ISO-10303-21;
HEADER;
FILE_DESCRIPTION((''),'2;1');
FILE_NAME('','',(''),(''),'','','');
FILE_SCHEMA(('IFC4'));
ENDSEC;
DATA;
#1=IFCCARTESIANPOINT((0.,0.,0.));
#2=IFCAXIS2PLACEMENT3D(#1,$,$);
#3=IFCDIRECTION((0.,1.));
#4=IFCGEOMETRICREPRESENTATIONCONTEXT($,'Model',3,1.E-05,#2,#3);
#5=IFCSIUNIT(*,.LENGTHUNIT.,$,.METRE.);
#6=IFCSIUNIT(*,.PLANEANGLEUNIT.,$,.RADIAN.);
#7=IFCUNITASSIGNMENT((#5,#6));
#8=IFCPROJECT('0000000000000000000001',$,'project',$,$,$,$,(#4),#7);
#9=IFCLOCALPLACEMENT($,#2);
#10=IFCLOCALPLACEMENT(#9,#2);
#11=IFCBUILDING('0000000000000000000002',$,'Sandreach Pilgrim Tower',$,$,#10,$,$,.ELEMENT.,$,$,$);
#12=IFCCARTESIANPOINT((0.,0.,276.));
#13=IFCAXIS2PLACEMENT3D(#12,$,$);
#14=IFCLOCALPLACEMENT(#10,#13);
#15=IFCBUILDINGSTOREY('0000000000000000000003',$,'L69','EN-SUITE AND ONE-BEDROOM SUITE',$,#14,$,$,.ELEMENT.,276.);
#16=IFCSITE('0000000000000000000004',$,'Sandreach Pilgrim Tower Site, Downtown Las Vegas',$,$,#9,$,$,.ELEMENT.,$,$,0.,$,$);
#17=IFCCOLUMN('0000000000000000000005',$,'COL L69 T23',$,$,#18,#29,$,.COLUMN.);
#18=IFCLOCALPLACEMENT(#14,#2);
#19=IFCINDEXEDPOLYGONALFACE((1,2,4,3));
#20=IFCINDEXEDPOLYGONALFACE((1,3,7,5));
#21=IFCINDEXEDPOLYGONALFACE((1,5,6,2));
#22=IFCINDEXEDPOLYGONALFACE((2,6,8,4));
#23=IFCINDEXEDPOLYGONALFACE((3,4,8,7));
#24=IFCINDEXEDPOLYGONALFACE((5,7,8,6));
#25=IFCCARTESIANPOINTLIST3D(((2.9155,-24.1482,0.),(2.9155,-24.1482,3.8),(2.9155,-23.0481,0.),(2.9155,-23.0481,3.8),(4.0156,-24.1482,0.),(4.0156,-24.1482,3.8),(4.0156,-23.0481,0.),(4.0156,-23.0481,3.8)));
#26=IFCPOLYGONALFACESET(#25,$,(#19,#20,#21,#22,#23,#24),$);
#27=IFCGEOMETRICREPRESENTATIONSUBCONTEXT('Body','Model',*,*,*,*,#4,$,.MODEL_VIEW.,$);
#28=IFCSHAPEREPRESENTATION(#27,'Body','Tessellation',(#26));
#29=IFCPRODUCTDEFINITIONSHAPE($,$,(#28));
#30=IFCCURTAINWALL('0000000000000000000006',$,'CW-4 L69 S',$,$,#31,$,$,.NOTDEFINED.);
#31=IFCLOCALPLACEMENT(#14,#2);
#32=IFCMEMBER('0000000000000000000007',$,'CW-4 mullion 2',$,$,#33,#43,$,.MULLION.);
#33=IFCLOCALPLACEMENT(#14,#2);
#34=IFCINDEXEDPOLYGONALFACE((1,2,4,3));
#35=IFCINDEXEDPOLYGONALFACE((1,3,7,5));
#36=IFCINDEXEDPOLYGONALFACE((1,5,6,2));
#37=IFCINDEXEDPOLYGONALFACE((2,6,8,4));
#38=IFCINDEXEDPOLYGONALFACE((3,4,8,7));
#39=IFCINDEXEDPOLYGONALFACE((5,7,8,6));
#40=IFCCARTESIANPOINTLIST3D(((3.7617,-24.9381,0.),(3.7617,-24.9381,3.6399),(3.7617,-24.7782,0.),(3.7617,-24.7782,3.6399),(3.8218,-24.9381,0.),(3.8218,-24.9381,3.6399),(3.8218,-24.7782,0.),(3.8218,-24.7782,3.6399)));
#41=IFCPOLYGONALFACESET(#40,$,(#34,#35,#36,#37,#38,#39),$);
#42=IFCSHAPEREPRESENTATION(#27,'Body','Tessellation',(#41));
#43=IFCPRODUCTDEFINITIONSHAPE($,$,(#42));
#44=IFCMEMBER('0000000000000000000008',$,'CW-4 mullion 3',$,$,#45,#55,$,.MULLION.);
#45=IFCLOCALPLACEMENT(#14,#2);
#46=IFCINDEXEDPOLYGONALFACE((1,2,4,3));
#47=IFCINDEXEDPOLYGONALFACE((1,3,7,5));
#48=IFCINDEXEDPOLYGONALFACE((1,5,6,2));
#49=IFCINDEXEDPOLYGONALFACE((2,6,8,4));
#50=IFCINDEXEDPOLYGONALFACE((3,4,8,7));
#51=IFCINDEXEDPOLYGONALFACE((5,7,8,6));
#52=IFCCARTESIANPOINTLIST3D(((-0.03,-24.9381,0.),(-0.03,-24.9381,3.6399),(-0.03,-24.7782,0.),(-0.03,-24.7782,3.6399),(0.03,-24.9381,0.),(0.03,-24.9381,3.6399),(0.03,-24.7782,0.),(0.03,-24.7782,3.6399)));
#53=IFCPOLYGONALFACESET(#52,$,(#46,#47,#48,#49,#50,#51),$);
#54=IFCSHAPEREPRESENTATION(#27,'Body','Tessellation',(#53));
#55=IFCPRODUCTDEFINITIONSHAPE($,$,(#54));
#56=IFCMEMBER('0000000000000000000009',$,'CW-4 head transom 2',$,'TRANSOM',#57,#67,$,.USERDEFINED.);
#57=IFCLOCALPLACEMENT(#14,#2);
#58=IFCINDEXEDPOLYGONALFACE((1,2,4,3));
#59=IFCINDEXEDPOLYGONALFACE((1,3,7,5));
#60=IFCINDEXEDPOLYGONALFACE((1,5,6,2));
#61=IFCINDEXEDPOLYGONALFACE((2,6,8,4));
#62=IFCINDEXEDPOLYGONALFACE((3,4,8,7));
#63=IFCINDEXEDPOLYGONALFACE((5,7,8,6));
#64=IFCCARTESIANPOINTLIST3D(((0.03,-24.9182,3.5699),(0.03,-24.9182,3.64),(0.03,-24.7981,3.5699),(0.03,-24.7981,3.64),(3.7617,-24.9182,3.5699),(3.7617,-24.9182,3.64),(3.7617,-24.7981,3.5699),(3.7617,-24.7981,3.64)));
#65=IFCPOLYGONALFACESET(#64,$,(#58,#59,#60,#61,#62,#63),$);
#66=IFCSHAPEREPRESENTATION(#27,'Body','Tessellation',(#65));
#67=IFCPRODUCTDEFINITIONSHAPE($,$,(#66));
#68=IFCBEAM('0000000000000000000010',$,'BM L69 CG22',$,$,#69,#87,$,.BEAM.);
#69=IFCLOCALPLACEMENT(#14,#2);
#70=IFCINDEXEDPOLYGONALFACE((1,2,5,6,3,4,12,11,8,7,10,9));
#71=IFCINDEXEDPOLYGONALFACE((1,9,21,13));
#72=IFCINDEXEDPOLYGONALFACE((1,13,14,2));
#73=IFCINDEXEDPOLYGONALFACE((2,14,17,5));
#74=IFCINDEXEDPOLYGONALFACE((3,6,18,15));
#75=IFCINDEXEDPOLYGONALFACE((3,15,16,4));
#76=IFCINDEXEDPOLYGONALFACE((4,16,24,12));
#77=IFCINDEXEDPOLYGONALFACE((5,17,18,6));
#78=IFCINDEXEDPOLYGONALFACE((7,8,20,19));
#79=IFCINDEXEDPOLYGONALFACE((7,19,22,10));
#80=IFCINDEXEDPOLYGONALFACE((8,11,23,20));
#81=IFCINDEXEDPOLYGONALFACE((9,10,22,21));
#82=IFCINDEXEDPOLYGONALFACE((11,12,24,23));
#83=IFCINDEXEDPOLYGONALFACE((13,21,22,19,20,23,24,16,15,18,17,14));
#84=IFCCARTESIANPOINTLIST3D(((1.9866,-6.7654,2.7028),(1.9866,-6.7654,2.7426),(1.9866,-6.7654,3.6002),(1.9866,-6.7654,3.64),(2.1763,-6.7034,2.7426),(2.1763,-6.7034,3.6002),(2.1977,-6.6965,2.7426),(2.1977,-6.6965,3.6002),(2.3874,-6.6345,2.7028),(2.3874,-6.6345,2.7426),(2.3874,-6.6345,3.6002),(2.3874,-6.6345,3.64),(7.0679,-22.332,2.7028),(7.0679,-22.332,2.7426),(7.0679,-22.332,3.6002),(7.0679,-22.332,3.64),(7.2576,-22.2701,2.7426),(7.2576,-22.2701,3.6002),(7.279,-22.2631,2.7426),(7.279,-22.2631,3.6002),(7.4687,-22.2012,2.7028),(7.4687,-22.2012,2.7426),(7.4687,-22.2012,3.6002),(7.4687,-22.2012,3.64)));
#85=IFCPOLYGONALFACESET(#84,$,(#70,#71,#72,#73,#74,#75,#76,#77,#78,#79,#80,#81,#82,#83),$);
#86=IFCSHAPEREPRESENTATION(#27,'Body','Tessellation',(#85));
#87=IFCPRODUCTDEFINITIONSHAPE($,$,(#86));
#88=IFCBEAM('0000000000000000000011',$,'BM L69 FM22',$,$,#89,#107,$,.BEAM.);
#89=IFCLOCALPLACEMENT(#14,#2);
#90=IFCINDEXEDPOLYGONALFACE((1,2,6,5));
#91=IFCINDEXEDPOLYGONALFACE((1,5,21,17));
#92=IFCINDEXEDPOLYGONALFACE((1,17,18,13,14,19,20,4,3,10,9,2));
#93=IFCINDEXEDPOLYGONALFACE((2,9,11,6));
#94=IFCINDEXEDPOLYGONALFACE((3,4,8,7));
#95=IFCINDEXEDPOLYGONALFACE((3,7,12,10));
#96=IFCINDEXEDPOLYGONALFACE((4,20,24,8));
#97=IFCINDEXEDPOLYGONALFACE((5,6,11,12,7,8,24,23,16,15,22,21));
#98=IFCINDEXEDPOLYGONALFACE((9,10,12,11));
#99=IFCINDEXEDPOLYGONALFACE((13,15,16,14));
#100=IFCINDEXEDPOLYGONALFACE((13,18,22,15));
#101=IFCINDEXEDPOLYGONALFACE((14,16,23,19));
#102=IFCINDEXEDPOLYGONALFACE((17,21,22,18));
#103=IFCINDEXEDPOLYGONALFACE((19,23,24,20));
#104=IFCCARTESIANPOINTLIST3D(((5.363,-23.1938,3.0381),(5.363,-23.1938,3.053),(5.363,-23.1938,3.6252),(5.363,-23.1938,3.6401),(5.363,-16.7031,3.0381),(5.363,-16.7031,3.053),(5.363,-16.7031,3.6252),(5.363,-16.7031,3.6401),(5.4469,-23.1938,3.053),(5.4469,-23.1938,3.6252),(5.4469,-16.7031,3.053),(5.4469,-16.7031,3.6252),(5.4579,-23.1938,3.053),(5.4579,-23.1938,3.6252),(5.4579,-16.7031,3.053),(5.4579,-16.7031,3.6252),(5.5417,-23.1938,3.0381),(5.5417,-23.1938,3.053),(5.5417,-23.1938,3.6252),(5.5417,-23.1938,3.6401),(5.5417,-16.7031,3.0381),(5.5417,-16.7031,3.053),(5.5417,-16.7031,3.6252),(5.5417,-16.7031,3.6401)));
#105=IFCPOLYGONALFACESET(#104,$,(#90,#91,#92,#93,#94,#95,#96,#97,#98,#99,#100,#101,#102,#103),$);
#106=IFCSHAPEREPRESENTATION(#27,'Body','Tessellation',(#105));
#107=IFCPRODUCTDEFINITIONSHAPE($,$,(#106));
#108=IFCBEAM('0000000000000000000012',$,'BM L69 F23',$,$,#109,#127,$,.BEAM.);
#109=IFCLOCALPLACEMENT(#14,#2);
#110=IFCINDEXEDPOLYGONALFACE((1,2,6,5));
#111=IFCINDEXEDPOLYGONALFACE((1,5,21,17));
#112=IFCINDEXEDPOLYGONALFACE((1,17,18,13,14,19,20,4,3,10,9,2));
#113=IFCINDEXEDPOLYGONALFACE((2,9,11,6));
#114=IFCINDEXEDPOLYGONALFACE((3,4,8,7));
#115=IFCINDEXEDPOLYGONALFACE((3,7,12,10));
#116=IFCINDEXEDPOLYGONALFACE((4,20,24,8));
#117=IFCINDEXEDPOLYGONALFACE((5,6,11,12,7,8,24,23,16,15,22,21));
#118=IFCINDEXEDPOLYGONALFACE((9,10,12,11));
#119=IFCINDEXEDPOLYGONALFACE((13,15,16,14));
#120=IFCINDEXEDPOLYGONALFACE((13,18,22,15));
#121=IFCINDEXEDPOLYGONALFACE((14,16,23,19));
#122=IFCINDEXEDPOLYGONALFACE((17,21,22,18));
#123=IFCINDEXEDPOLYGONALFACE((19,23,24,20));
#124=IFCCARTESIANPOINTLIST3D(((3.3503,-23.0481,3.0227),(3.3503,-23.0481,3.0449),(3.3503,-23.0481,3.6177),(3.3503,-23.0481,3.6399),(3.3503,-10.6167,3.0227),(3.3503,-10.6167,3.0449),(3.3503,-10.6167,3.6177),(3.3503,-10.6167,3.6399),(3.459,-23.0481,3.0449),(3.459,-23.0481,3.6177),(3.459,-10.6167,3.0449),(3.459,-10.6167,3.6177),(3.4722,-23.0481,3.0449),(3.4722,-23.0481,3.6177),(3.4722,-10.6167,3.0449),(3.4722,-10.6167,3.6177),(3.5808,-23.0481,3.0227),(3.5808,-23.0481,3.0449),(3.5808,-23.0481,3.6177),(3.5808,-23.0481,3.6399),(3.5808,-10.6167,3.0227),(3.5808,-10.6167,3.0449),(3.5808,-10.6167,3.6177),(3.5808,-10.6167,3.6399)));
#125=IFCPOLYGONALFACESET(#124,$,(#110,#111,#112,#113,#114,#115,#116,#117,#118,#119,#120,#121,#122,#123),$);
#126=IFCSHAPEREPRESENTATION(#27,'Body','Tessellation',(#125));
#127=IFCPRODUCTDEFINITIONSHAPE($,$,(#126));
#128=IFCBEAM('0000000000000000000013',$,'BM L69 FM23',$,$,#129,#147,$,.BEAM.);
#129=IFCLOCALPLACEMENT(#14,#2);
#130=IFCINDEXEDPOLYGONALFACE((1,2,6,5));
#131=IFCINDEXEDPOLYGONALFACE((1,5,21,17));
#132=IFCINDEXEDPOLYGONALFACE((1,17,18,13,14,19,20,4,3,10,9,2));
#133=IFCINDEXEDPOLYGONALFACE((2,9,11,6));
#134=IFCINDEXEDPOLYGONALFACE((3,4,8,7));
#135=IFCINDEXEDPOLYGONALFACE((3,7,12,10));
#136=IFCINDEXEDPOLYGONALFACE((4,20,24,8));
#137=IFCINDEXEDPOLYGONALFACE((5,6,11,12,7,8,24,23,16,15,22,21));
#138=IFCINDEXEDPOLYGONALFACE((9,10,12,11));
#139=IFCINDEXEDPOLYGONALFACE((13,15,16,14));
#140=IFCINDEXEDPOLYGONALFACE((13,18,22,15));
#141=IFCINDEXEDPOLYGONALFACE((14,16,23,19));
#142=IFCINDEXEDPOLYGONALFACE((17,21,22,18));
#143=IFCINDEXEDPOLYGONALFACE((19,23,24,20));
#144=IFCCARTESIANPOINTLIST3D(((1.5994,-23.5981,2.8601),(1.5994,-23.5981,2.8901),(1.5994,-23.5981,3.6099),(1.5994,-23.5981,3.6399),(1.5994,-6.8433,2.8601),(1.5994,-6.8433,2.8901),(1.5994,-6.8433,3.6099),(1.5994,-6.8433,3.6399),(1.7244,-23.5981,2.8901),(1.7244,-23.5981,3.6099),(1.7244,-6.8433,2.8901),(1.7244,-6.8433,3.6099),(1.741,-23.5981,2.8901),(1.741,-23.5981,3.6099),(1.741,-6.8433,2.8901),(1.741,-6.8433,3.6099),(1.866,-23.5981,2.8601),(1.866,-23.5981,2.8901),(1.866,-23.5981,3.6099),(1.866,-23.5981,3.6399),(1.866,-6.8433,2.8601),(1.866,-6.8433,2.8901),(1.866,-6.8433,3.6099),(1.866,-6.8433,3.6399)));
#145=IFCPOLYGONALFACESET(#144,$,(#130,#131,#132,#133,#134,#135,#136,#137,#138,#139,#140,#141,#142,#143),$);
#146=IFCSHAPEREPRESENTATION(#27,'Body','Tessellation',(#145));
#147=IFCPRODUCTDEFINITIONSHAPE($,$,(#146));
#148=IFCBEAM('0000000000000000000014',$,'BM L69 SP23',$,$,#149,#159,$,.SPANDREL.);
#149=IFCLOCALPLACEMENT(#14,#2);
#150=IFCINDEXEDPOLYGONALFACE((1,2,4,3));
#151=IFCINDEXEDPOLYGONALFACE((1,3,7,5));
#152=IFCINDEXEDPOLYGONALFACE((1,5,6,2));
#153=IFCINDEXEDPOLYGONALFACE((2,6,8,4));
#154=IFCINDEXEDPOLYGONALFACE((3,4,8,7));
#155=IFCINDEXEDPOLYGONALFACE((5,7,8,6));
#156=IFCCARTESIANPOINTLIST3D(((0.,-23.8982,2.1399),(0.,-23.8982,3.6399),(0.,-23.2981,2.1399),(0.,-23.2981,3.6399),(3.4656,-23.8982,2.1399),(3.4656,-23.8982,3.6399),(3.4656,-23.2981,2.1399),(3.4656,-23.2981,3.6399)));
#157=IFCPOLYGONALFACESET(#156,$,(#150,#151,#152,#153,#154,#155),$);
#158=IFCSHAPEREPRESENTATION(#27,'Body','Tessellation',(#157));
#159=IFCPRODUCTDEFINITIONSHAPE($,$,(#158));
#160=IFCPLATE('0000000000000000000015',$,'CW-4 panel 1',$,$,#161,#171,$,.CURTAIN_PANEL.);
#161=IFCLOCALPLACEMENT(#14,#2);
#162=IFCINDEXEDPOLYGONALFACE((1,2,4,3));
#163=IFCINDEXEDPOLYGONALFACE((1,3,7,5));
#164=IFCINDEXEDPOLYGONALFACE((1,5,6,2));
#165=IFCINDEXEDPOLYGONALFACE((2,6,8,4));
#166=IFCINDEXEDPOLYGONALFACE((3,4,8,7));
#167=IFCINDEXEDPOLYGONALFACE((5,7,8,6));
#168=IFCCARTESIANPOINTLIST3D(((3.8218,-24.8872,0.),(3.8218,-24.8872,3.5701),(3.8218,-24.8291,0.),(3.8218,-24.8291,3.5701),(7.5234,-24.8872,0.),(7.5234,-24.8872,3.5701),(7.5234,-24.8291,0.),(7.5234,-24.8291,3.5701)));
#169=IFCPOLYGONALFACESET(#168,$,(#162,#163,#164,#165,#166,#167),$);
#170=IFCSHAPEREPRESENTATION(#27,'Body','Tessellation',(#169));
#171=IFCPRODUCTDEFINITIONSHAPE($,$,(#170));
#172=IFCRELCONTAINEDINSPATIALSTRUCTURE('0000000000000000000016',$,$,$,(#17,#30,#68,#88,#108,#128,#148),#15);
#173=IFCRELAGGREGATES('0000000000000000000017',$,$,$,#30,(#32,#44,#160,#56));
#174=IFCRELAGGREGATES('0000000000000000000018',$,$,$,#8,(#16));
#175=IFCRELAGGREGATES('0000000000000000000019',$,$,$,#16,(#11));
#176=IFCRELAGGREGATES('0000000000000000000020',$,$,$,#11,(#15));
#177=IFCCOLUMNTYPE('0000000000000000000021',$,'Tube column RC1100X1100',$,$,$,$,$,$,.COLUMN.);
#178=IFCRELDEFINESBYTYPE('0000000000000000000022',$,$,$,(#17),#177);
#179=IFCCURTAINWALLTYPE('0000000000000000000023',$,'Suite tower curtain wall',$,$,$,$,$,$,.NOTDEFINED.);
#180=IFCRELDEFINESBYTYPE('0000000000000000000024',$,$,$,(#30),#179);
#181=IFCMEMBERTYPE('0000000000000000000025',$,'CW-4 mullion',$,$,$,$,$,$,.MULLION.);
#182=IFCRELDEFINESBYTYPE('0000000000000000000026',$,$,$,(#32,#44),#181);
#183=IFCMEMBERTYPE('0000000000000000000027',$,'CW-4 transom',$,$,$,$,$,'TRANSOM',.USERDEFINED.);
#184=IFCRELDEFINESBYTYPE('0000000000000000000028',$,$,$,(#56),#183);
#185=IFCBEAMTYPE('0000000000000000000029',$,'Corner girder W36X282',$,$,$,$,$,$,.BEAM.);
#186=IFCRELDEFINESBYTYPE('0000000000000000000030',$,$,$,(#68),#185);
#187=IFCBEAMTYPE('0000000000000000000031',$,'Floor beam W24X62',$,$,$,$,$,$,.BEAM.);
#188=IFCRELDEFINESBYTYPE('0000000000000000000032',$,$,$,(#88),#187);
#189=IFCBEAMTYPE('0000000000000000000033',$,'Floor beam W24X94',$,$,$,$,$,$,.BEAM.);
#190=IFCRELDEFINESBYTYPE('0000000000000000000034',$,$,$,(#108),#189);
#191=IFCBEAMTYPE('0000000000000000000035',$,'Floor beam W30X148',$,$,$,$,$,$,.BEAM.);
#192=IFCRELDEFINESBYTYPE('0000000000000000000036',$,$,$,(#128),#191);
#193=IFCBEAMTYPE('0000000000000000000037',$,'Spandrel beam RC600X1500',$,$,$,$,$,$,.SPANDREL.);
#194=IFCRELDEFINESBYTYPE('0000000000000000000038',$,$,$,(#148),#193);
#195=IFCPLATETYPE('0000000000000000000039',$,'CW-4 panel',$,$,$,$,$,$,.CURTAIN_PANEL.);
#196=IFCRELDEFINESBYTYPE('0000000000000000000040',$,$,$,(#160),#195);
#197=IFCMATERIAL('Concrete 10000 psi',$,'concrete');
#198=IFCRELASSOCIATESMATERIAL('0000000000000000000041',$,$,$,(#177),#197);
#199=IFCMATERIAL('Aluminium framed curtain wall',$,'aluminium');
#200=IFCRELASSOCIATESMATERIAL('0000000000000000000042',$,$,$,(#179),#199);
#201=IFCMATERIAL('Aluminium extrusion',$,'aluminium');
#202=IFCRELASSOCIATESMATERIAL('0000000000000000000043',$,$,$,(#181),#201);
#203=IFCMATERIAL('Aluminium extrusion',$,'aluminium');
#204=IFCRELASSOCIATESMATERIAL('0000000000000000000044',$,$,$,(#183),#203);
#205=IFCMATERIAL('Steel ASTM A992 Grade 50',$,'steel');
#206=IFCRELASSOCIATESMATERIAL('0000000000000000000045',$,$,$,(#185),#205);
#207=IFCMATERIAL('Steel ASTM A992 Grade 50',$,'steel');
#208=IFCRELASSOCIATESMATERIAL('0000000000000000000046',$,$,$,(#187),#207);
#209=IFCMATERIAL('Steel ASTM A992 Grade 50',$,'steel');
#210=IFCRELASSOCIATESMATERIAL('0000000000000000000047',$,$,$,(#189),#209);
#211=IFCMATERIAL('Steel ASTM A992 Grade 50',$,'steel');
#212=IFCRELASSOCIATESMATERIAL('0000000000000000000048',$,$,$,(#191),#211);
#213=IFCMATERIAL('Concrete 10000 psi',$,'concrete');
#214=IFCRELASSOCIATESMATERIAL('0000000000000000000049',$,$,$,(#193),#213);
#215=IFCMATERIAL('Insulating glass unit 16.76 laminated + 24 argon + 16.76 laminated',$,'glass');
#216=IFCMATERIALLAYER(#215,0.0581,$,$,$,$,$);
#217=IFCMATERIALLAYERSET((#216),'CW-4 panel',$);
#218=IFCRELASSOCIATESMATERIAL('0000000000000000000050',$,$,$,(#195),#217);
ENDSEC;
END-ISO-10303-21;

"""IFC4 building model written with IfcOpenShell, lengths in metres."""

from ifc_helpers import new_model, si_unit, direction, frame, origin, origin_2d, place, context, subcontext, project, spatial, rectangle, i_section, extrude, material, layer, layer_set, material_profile, profile_set, type_object, element, aggregate, save


model = new_model("IFC4")

# Units and contexts
model_context = context("Model", 3, precision=1e-05, world=origin(), true_north=direction((0.0, 1.0)))
body_context = subcontext(model_context, "Body", "Model", "MODEL_VIEW")
ifc_project = project(units=[si_unit("LENGTHUNIT", "METRE"), si_unit("PLANEANGLEUNIT", "RADIAN")], contexts=[model_context])

# Site, building, storey
site_placement = place(None, origin())
site = spatial("IfcSite", under=ifc_project, at=site_placement, Name="Sandreach Pilgrim Tower Site, Downtown Las Vegas", CompositionType="ELEMENT", RefElevation=0.0)
building_placement = place(site_placement, origin())
building = spatial("IfcBuilding", under=site, at=building_placement, Name="Sandreach Pilgrim Tower", CompositionType="ELEMENT")
storey_placement = place(building_placement, frame((0.0, 0.0, 276.0)))
storey = spatial("IfcBuildingStorey", under=building, at=storey_placement, Name="L69", Description="EN-SUITE AND ONE-BEDROOM SUITE", CompositionType="ELEMENT", Elevation=276.0)

# Column
ifc_material_1 = material(Name="Concrete 10000 psi", Category="concrete")
ifc_material_profile_1 = material_profile(ifc_material_1, rectangle(XDim=1.1001, YDim=1.1001, at=origin_2d()), Name="RC1100X1100")
ifc_profile_set_1 = profile_set([ifc_material_profile_1], Name="Concrete 10000 psi")
column_type = type_object("IfcColumnType", Name="Tube column RC1100X1100", PredefinedType="COLUMN", material=ifc_profile_set_1)
column_placement = place(storey_placement, frame((3.4656, -23.5981, 0.0), z_axis=(0.0, 0.0, 1.0), x_axis=(0.0, -1.0, 0.0)))
element("IfcColumn", 1, at=column_placement, inside=storey, type_object=column_type, Name="COL L69 T23", PredefinedType="COLUMN", context=body_context, shape_type="SweptSolid", body=[
    extrude(rectangle(XDim=1.1001, YDim=1.1001, at=origin_2d()), origin(), (0.0, 0.0, 1.0), 3.8),
])

# Curtain wall, members
ifc_material_2 = material(Name="Aluminium framed curtain wall", Category="aluminium")
curtain_wall_type = type_object("IfcCurtainWallType", Name="Suite tower curtain wall", PredefinedType="NOTDEFINED", material=ifc_material_2)
curtain_wall_placement = place(storey_placement, origin())
curtain_wall = element("IfcCurtainWall", 2, at=curtain_wall_placement, inside=storey, type_object=curtain_wall_type, Name="CW-4 L69 S", PredefinedType="NOTDEFINED")
ifc_material_3 = material(Name="Aluminium extrusion", Category="aluminium")
ifc_material_profile_2 = material_profile(ifc_material_3, rectangle(XDim=0.0601, YDim=0.1599, at=origin_2d()), Name="CW-4M 60X160")
ifc_profile_set_2 = profile_set([ifc_material_profile_2], Name="Aluminium extrusion")
member_type_1 = type_object("IfcMemberType", Name="CW-4 mullion", PredefinedType="MULLION", material=ifc_profile_set_2)
member_1_placement = place(storey_placement, frame((3.7917, -24.8582, 0.0), z_axis=(0.0, 0.0, 1.0), x_axis=(-1.0, 0.0, 0.0)))
member_1 = element("IfcMember", 3, at=member_1_placement, type_object=member_type_1, Name="CW-4 mullion 2", PredefinedType="MULLION", context=body_context, shape_type="SweptSolid", body=[
    extrude(rectangle(XDim=0.0601, YDim=0.1599, at=origin_2d()), origin(), (0.0, 0.0, 1.0), 3.6399),
])
member_2_placement = place(storey_placement, frame((0.0, -24.8582, 0.0), z_axis=(0.0, 0.0, 1.0), x_axis=(-1.0, 0.0, 0.0)))
member_2 = element("IfcMember", 4, at=member_2_placement, type_object=member_type_1, Name="CW-4 mullion 3", PredefinedType="MULLION", context=body_context, shape_type="SweptSolid", body=[
    extrude(rectangle(XDim=0.0601, YDim=0.1599, at=origin_2d()), origin(), (0.0, 0.0, 1.0), 3.6399),
])
ifc_material_4 = material(Name="Aluminium extrusion", Category="aluminium")
ifc_material_profile_3 = material_profile(ifc_material_4, rectangle(XDim=0.1201, YDim=0.0701, at=origin_2d()), Name="CW-4T 120X70")
ifc_profile_set_3 = profile_set([ifc_material_profile_3], Name="Aluminium extrusion")
member_type_2 = type_object("IfcMemberType", Name="CW-4 transom", ElementType="TRANSOM", PredefinedType="USERDEFINED", material=ifc_profile_set_3)
member_3_placement = place(storey_placement, frame((3.7617, -24.8582, 3.605), z_axis=(-1.0, 0.0, 0.0), x_axis=(0.0, -1.0, 0.0)))
member_3 = element("IfcMember", 5, at=member_3_placement, type_object=member_type_2, Name="CW-4 head transom 2", ObjectType="TRANSOM", PredefinedType="USERDEFINED", context=body_context, shape_type="SweptSolid", body=[
    extrude(rectangle(XDim=0.1201, YDim=0.0701, at=origin_2d()), origin(), (0.0, 0.0, 1.0), 3.7317),
])

# Beams
ifc_material_5 = material(Name="Steel ASTM A992 Grade 50", Category="steel")
ifc_material_profile_4 = material_profile(ifc_material_5, i_section(OverallWidth=0.4216, OverallDepth=0.9373, WebThickness=0.0225, FlangeThickness=0.0398, at=origin_2d()), Name="W36X282")
ifc_profile_set_4 = profile_set([ifc_material_profile_4], Name="Steel ASTM A992 Grade 50")
beam_type_1 = type_object("IfcBeamType", Name="Corner girder W36X282", PredefinedType="BEAM", material=ifc_profile_set_4)
beam_1_placement = place(storey_placement, frame((7.2683, -22.2666, 3.1714), z_axis=(-0.310309, 0.950636, 0.0), x_axis=(-0.950636, -0.310309, 0.0)))
element("IfcBeam", 6, at=beam_1_placement, inside=storey, type_object=beam_type_1, Name="BM L69 CG22", PredefinedType="BEAM", context=body_context, shape_type="SweptSolid", body=[
    extrude(i_section(OverallWidth=0.4216, OverallDepth=0.9373, WebThickness=0.0225, FlangeThickness=0.0398, at=origin_2d()), origin(), (0.0, 0.0, 1.0), 16.375),
])
ifc_material_6 = material(Name="Steel ASTM A992 Grade 50", Category="steel")
ifc_material_profile_5 = material_profile(ifc_material_6, i_section(OverallWidth=0.1787, OverallDepth=0.6021, WebThickness=0.011, FlangeThickness=0.0149, at=origin_2d()), Name="W24X62")
ifc_profile_set_5 = profile_set([ifc_material_profile_5], Name="Steel ASTM A992 Grade 50")
beam_type_2 = type_object("IfcBeamType", Name="Floor beam W24X62", PredefinedType="BEAM", material=ifc_profile_set_5)
beam_2_placement = place(storey_placement, frame((5.4524, -23.1938, 3.3391), z_axis=(0.0, 1.0, 0.0), x_axis=(-1.0, 0.0, 0.0)))
element("IfcBeam", 7, at=beam_2_placement, inside=storey, type_object=beam_type_2, Name="BM L69 FM22", PredefinedType="BEAM", context=body_context, shape_type="SweptSolid", body=[
    extrude(i_section(OverallWidth=0.1787, OverallDepth=0.6021, WebThickness=0.011, FlangeThickness=0.0149, at=origin_2d()), origin(), (0.0, 0.0, 1.0), 6.4907),
])
ifc_material_7 = material(Name="Steel ASTM A992 Grade 50", Category="steel")
ifc_material_profile_6 = material_profile(ifc_material_7, i_section(OverallWidth=0.2305, OverallDepth=0.6172, WebThickness=0.0132, FlangeThickness=0.0222, at=origin_2d()), Name="W24X94")
ifc_profile_set_6 = profile_set([ifc_material_profile_6], Name="Steel ASTM A992 Grade 50")
beam_type_3 = type_object("IfcBeamType", Name="Floor beam W24X94", PredefinedType="BEAM", material=ifc_profile_set_6)
beam_3_placement = place(storey_placement, frame((3.4656, -23.0481, 3.3313), z_axis=(0.0, 1.0, 0.0), x_axis=(-1.0, 0.0, 0.0)))
element("IfcBeam", 8, at=beam_3_placement, inside=storey, type_object=beam_type_3, Name="BM L69 F23", PredefinedType="BEAM", context=body_context, shape_type="SweptSolid", body=[
    extrude(i_section(OverallWidth=0.2305, OverallDepth=0.6172, WebThickness=0.0132, FlangeThickness=0.0222, at=origin_2d()), origin(), (0.0, 0.0, 1.0), 12.4314),
])
ifc_material_8 = material(Name="Steel ASTM A992 Grade 50", Category="steel")
ifc_material_profile_7 = material_profile(ifc_material_8, i_section(OverallWidth=0.2666, OverallDepth=0.7798, WebThickness=0.0166, FlangeThickness=0.03, at=origin_2d()), Name="W30X148")
ifc_profile_set_7 = profile_set([ifc_material_profile_7], Name="Steel ASTM A992 Grade 50")
beam_type_4 = type_object("IfcBeamType", Name="Floor beam W30X148", PredefinedType="BEAM", material=ifc_profile_set_7)
beam_4_placement = place(storey_placement, frame((1.7327, -23.5981, 3.25), z_axis=(0.0, 1.0, 0.0), x_axis=(-1.0, 0.0, 0.0)))
element("IfcBeam", 9, at=beam_4_placement, inside=storey, type_object=beam_type_4, Name="BM L69 FM23", PredefinedType="BEAM", context=body_context, shape_type="SweptSolid", body=[
    extrude(i_section(OverallWidth=0.2666, OverallDepth=0.7798, WebThickness=0.0166, FlangeThickness=0.03, at=origin_2d()), origin(), (0.0, 0.0, 1.0), 16.7549),
])
ifc_material_9 = material(Name="Concrete 10000 psi", Category="concrete")
ifc_material_profile_8 = material_profile(ifc_material_9, rectangle(XDim=0.6001, YDim=1.5, at=origin_2d()), Name="RC600X1500")
ifc_profile_set_8 = profile_set([ifc_material_profile_8], Name="Concrete 10000 psi")
beam_type_5 = type_object("IfcBeamType", Name="Spandrel beam RC600X1500", PredefinedType="SPANDREL", material=ifc_profile_set_8)
beam_5_placement = place(storey_placement, frame((3.4656, -23.5981, 2.8899), z_axis=(-1.0, 0.0, 0.0), x_axis=(0.0, -1.0, 0.0)))
element("IfcBeam", 10, at=beam_5_placement, inside=storey, type_object=beam_type_5, Name="BM L69 SP23", PredefinedType="SPANDREL", context=body_context, shape_type="SweptSolid", body=[
    extrude(rectangle(XDim=0.6001, YDim=1.5, at=origin_2d()), origin(), (0.0, 0.0, 1.0), 3.4656),
])

# Plate
ifc_material_10 = material(Name="Insulating glass unit 16.76 laminated + 24 argon + 16.76 laminated", Category="glass")
ifc_layer_1 = layer(ifc_material_10, 0.0581)
ifc_layer_set_1 = layer_set([ifc_layer_1], Name="CW-4 panel")
plate_type = type_object("IfcPlateType", Name="CW-4 panel", PredefinedType="CURTAIN_PANEL", material=ifc_layer_set_1)
plate_1_placement = place(storey_placement, frame((5.6726, -24.8582, 0.0), z_axis=(0.0, 0.0, 1.0), x_axis=(-1.0, 0.0, 0.0)))
plate_1 = element("IfcPlate", 11, at=plate_1_placement, type_object=plate_type, Name="CW-4 panel 1", PredefinedType="CURTAIN_PANEL", context=body_context, shape_type="SweptSolid", body=[
    extrude(rectangle(XDim=3.7017, YDim=0.0581, at=origin_2d()), origin(), (0.0, 0.0, 1.0), 3.5701),
])
aggregate(curtain_wall, [member_1, member_2, plate_1, member_3])

save(model, "model.ifc")
